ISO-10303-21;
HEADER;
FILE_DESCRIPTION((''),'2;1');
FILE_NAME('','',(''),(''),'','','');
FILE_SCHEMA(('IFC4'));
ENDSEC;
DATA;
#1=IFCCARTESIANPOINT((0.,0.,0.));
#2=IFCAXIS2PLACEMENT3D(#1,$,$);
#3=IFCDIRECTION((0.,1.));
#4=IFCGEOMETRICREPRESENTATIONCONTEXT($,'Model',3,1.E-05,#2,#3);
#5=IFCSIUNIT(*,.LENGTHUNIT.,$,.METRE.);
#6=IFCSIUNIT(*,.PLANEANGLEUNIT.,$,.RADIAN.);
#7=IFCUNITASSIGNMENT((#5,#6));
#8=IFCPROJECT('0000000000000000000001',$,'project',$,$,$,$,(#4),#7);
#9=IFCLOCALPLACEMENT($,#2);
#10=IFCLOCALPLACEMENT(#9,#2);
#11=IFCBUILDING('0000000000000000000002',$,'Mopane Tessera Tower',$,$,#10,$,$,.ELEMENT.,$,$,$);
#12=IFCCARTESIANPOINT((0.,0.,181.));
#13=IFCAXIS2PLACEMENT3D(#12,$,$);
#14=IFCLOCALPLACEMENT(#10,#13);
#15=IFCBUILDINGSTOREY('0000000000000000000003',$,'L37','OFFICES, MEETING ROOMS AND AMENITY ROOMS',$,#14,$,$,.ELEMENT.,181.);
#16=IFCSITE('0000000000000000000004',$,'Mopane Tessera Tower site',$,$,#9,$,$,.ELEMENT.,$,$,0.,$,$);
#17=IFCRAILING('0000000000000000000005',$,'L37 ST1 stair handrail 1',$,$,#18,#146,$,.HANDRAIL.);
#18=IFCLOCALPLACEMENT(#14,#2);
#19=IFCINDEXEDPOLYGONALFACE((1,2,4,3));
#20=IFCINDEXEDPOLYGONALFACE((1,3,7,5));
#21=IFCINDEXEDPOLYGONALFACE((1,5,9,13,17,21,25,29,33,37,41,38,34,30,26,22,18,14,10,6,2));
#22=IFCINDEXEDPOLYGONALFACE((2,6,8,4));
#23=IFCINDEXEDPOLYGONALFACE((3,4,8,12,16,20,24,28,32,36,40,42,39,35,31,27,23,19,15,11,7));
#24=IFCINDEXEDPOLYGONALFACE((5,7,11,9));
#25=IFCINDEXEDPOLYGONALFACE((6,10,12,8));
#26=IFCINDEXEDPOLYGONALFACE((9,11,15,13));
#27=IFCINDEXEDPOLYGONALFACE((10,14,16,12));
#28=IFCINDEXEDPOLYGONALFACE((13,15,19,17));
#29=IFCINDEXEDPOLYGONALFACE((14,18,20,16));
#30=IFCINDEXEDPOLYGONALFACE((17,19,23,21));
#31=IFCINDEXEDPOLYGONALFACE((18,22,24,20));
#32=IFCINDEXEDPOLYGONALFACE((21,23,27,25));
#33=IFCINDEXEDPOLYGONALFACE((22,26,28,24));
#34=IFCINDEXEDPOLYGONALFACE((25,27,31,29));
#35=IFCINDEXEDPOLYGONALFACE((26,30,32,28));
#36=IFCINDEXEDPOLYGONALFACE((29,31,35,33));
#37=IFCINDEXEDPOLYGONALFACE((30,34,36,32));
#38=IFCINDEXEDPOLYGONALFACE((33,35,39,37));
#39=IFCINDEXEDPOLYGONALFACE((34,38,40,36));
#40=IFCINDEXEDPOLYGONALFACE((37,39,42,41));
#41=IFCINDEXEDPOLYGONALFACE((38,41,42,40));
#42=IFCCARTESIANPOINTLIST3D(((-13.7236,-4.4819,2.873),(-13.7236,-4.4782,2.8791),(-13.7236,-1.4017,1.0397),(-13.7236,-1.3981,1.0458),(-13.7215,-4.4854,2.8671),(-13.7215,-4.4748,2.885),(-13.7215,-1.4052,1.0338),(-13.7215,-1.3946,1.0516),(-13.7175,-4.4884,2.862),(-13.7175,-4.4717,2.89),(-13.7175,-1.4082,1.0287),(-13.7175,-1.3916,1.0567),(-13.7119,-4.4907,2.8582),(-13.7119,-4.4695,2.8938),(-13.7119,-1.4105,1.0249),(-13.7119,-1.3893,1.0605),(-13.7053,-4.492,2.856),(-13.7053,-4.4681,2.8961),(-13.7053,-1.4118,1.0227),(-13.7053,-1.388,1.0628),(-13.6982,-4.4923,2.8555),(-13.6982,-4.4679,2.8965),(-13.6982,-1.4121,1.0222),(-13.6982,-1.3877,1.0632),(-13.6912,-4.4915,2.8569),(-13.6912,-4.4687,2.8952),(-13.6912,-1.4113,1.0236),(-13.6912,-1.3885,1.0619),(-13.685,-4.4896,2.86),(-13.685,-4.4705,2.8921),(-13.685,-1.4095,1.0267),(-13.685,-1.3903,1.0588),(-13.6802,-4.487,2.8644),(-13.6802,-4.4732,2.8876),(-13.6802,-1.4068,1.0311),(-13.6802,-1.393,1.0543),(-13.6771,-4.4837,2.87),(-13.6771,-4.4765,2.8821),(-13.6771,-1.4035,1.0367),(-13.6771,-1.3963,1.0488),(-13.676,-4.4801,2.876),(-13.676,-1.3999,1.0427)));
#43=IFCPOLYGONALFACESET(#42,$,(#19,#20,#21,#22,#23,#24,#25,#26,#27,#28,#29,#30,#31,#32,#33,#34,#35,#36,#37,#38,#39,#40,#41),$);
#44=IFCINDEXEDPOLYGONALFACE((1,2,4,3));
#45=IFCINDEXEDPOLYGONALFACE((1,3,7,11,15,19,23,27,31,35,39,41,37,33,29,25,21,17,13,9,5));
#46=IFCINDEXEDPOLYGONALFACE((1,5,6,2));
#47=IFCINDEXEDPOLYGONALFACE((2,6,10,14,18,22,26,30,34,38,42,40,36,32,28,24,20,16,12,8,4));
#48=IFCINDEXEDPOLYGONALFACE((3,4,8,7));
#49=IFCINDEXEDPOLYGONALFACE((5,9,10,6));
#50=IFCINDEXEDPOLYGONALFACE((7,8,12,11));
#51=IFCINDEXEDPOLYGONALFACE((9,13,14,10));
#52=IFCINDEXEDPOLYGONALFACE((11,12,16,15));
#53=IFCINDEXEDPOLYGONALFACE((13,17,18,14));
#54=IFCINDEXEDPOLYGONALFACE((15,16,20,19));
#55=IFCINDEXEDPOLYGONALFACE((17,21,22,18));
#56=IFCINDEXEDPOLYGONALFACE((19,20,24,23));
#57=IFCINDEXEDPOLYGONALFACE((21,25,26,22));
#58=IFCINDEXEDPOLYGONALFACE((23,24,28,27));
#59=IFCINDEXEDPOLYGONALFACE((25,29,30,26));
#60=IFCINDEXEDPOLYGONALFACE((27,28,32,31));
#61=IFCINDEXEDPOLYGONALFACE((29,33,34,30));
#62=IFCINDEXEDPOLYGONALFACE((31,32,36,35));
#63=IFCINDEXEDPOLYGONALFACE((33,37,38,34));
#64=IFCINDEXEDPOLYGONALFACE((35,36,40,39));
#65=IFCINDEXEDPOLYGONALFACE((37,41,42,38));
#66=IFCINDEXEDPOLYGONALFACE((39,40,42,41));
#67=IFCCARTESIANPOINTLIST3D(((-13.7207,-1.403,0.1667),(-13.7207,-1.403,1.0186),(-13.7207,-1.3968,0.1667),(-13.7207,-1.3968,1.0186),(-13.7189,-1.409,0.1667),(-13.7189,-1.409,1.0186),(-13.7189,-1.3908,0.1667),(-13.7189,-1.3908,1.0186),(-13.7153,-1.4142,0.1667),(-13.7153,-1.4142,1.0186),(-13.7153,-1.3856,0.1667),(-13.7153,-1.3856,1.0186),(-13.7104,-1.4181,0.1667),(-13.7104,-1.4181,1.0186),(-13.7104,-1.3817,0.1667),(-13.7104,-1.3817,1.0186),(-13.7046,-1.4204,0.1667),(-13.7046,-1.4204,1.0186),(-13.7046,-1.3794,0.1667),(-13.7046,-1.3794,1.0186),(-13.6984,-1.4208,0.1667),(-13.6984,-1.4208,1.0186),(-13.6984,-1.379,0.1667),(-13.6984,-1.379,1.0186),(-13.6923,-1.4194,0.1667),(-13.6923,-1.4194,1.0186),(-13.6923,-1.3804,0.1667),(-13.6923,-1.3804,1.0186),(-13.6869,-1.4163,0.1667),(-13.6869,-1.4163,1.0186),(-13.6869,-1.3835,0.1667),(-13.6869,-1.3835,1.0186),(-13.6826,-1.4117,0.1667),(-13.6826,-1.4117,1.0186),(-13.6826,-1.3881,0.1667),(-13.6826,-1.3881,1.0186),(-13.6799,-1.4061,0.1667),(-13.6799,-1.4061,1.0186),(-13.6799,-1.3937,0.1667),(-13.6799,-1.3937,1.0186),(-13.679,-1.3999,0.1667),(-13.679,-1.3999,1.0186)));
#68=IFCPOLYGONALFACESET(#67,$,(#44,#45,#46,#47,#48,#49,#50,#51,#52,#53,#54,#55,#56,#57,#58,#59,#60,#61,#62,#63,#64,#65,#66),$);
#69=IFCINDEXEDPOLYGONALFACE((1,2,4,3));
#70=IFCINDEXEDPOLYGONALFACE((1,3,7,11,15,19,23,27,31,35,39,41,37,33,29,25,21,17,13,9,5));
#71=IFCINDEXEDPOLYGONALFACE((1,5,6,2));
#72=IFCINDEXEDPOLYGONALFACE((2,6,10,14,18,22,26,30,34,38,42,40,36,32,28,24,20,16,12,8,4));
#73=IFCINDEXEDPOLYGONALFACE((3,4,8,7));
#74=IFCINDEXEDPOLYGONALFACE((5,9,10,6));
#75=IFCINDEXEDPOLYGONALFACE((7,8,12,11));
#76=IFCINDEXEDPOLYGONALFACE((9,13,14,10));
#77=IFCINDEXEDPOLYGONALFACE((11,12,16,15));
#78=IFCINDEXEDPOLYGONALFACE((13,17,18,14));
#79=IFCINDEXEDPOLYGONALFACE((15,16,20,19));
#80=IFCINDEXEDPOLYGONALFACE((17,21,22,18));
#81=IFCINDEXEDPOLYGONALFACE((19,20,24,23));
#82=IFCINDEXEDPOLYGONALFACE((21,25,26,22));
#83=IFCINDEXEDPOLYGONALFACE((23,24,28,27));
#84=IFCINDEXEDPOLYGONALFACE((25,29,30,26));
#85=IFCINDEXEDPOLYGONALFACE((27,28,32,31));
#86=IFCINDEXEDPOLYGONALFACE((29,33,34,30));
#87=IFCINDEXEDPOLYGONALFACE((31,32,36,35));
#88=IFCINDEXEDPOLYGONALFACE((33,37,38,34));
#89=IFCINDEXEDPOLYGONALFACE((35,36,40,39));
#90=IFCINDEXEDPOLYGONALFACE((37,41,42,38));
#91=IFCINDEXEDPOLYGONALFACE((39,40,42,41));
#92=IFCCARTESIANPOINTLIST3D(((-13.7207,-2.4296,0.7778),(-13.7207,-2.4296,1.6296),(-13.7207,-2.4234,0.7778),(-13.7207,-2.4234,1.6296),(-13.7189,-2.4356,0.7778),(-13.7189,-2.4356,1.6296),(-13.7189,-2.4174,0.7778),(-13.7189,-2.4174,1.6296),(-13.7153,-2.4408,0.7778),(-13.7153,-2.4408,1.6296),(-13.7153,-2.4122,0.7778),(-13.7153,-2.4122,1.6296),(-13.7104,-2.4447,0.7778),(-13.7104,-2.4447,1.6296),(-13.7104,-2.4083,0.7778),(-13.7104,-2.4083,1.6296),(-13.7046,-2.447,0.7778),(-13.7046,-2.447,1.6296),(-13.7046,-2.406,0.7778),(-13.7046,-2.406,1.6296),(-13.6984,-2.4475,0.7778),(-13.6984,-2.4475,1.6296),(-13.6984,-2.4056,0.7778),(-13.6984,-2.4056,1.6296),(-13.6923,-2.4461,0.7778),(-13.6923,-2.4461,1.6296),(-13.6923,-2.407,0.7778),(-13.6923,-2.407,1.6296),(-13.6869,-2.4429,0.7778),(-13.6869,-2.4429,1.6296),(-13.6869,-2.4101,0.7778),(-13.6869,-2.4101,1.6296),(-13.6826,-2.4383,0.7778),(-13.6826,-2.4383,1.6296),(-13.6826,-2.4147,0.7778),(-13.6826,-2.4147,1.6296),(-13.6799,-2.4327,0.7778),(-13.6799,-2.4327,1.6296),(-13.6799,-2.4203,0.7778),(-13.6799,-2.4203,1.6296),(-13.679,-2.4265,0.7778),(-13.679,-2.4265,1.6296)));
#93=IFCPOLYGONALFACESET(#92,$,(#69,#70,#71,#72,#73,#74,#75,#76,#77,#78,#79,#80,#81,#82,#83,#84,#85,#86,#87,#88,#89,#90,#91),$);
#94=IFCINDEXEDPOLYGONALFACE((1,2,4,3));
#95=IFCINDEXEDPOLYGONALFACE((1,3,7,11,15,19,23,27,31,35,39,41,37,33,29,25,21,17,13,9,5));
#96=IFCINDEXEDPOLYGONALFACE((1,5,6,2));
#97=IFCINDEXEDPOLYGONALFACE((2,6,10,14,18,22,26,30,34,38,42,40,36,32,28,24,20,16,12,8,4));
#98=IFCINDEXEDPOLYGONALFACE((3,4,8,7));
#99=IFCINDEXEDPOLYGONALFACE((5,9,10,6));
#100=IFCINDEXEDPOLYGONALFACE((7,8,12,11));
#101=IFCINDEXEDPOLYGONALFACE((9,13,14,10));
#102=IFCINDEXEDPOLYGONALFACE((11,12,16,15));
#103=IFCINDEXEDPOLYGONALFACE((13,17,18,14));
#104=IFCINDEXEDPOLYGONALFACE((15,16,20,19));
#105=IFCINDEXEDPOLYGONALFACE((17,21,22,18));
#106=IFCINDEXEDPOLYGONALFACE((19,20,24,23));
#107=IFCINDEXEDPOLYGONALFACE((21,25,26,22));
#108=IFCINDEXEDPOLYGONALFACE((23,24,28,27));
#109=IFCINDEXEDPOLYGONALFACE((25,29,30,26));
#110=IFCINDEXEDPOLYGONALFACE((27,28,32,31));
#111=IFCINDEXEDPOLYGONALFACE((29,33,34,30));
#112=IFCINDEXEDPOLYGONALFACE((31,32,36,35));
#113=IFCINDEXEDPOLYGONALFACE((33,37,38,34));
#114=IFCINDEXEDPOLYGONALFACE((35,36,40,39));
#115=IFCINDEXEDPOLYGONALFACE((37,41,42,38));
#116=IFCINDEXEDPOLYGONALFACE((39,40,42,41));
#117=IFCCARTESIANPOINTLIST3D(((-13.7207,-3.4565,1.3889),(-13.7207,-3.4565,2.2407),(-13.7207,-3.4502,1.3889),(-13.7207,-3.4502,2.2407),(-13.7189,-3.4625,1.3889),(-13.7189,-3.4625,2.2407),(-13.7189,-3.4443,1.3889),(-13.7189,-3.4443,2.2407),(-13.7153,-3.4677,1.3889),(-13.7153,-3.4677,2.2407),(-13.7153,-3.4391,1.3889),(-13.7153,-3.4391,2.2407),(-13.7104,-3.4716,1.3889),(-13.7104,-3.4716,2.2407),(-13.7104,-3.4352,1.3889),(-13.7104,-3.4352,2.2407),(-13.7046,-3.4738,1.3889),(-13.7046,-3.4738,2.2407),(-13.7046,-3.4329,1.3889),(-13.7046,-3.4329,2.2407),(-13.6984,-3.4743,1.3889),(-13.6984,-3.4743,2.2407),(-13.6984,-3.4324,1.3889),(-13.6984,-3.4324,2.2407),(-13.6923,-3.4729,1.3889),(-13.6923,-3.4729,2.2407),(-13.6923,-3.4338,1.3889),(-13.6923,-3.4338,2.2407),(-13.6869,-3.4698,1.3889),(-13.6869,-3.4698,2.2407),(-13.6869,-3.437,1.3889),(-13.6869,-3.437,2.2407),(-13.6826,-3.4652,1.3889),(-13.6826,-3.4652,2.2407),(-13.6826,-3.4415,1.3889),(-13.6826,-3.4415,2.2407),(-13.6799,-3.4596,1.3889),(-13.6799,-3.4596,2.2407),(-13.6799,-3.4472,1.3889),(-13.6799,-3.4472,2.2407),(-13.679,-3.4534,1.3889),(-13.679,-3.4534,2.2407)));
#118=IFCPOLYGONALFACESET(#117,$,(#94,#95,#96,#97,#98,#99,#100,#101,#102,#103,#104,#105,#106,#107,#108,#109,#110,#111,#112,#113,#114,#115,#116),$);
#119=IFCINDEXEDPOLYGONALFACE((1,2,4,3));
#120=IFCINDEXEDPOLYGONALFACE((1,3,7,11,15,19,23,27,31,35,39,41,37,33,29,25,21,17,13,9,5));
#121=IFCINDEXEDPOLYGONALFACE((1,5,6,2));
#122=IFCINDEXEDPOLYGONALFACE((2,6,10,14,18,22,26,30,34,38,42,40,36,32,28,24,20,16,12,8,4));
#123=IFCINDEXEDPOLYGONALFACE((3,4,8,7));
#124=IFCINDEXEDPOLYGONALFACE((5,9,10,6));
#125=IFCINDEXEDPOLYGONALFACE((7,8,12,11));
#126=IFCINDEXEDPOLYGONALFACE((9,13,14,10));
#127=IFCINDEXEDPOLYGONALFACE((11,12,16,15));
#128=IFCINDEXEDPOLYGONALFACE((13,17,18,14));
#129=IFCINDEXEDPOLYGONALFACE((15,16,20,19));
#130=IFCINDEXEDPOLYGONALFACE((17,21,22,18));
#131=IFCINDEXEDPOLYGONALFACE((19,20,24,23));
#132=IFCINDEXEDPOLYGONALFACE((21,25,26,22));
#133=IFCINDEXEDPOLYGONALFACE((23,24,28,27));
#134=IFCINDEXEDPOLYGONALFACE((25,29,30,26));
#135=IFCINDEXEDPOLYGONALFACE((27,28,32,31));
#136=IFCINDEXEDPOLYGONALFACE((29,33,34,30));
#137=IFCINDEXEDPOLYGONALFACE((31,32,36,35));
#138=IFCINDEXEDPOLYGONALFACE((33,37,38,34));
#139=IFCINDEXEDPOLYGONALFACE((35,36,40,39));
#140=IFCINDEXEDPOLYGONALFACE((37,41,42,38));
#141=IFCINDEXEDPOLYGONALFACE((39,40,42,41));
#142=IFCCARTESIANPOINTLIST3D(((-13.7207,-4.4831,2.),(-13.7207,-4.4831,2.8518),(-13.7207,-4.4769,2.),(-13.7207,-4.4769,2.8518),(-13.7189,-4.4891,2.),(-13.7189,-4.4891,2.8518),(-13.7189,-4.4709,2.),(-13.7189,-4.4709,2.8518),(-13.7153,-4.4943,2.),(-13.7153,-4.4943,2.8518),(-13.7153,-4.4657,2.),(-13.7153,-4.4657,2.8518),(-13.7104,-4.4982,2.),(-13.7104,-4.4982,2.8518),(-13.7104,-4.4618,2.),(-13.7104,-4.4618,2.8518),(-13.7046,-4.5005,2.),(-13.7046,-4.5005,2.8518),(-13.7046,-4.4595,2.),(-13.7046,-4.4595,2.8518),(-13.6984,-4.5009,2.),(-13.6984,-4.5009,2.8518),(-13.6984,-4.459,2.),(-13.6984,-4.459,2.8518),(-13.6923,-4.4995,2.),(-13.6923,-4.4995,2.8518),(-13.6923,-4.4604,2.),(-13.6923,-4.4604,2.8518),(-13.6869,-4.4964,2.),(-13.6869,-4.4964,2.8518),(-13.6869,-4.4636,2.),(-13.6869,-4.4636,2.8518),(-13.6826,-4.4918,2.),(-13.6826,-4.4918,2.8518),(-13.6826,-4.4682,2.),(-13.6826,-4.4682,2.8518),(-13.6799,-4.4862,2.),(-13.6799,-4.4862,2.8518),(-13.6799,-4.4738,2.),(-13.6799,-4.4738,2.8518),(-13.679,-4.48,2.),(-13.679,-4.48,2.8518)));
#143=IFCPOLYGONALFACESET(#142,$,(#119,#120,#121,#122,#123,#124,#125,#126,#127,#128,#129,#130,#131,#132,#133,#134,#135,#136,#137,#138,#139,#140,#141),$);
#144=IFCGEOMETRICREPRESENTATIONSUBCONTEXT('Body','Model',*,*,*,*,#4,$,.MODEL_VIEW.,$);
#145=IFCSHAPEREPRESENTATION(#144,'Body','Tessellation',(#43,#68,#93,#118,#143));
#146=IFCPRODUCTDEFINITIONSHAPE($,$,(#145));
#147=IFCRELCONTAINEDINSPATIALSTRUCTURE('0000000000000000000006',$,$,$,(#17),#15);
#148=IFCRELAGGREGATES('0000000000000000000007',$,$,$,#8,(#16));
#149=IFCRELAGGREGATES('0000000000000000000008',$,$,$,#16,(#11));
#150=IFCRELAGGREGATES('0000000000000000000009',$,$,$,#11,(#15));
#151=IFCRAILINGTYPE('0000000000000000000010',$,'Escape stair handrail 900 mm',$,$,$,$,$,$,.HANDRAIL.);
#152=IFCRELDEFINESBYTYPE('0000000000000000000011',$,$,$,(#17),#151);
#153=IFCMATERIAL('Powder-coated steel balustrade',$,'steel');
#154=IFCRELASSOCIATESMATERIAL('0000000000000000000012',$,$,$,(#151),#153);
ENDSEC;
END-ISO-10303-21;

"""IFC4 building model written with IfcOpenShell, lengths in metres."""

from ifc_helpers import new_model, si_unit, direction, frame, origin, origin_2d, place, context, subcontext, project, spatial, circle, extrude, material, type_object, element, save


model = new_model("IFC4")

# Units and contexts
model_context = context("Model", 3, precision=1e-05, world=origin(), true_north=direction((0.0, 1.0)))
body_context = subcontext(model_context, "Body", "Model", "MODEL_VIEW")
ifc_project = project(units=[si_unit("LENGTHUNIT", "METRE"), si_unit("PLANEANGLEUNIT", "RADIAN")], contexts=[model_context])

# Site, building, storey
site_placement = place(None, origin())
site = spatial("IfcSite", under=ifc_project, at=site_placement, Name="Mopane Tessera Tower site", CompositionType="ELEMENT", RefElevation=0.0)
building_placement = place(site_placement, origin())
building = spatial("IfcBuilding", under=site, at=building_placement, Name="Mopane Tessera Tower", CompositionType="ELEMENT")
storey_placement = place(building_placement, frame((0.0, 0.0, 181.0)))
storey = spatial("IfcBuildingStorey", under=building, at=storey_placement, Name="L37", Description="OFFICES, MEETING ROOMS AND AMENITY ROOMS", CompositionType="ELEMENT", Elevation=181.0)

# Railing
ifc_material_1 = material(Name="Powder-coated steel balustrade", Category="steel")
railing_type_1 = type_object("IfcRailingType", Name="Escape stair handrail 900 mm", PredefinedType="HANDRAIL", material=ifc_material_1)
railing_1_placement = place(storey_placement, frame((-13.7, -1.3999, 0.1667)))
element("IfcRailing", 1, at=railing_1_placement, inside=storey, type_object=railing_type_1, Name="L37 ST1 stair handrail 1", PredefinedType="HANDRAIL", context=body_context, shape_type="SweptSolid", body=[
    extrude(circle(Radius=0.0239, at=origin_2d()), frame((0.0, 0.0, 0.876), z_axis=(0.0, -0.859309, 0.511458), x_axis=(1.0, 0.0, 0.0)), (0.0, 0.0, 1.0), 3.5845),
    extrude(circle(Radius=0.021, at=origin_2d()), origin(), (0.0, 0.0, 1.0), 0.8518),
    extrude(circle(Radius=0.021, at=origin_2d()), frame((0.0, -1.0266, 0.6111)), (0.0, 0.0, 1.0), 0.8518),
    extrude(circle(Radius=0.021, at=origin_2d()), frame((0.0, -2.0535, 1.2222)), (0.0, 0.0, 1.0), 0.8518),
    extrude(circle(Radius=0.021, at=origin_2d()), frame((0.0, -3.0801, 1.8333)), (0.0, 0.0, 1.0), 0.8518),
])

save(model, "model.ifc")
